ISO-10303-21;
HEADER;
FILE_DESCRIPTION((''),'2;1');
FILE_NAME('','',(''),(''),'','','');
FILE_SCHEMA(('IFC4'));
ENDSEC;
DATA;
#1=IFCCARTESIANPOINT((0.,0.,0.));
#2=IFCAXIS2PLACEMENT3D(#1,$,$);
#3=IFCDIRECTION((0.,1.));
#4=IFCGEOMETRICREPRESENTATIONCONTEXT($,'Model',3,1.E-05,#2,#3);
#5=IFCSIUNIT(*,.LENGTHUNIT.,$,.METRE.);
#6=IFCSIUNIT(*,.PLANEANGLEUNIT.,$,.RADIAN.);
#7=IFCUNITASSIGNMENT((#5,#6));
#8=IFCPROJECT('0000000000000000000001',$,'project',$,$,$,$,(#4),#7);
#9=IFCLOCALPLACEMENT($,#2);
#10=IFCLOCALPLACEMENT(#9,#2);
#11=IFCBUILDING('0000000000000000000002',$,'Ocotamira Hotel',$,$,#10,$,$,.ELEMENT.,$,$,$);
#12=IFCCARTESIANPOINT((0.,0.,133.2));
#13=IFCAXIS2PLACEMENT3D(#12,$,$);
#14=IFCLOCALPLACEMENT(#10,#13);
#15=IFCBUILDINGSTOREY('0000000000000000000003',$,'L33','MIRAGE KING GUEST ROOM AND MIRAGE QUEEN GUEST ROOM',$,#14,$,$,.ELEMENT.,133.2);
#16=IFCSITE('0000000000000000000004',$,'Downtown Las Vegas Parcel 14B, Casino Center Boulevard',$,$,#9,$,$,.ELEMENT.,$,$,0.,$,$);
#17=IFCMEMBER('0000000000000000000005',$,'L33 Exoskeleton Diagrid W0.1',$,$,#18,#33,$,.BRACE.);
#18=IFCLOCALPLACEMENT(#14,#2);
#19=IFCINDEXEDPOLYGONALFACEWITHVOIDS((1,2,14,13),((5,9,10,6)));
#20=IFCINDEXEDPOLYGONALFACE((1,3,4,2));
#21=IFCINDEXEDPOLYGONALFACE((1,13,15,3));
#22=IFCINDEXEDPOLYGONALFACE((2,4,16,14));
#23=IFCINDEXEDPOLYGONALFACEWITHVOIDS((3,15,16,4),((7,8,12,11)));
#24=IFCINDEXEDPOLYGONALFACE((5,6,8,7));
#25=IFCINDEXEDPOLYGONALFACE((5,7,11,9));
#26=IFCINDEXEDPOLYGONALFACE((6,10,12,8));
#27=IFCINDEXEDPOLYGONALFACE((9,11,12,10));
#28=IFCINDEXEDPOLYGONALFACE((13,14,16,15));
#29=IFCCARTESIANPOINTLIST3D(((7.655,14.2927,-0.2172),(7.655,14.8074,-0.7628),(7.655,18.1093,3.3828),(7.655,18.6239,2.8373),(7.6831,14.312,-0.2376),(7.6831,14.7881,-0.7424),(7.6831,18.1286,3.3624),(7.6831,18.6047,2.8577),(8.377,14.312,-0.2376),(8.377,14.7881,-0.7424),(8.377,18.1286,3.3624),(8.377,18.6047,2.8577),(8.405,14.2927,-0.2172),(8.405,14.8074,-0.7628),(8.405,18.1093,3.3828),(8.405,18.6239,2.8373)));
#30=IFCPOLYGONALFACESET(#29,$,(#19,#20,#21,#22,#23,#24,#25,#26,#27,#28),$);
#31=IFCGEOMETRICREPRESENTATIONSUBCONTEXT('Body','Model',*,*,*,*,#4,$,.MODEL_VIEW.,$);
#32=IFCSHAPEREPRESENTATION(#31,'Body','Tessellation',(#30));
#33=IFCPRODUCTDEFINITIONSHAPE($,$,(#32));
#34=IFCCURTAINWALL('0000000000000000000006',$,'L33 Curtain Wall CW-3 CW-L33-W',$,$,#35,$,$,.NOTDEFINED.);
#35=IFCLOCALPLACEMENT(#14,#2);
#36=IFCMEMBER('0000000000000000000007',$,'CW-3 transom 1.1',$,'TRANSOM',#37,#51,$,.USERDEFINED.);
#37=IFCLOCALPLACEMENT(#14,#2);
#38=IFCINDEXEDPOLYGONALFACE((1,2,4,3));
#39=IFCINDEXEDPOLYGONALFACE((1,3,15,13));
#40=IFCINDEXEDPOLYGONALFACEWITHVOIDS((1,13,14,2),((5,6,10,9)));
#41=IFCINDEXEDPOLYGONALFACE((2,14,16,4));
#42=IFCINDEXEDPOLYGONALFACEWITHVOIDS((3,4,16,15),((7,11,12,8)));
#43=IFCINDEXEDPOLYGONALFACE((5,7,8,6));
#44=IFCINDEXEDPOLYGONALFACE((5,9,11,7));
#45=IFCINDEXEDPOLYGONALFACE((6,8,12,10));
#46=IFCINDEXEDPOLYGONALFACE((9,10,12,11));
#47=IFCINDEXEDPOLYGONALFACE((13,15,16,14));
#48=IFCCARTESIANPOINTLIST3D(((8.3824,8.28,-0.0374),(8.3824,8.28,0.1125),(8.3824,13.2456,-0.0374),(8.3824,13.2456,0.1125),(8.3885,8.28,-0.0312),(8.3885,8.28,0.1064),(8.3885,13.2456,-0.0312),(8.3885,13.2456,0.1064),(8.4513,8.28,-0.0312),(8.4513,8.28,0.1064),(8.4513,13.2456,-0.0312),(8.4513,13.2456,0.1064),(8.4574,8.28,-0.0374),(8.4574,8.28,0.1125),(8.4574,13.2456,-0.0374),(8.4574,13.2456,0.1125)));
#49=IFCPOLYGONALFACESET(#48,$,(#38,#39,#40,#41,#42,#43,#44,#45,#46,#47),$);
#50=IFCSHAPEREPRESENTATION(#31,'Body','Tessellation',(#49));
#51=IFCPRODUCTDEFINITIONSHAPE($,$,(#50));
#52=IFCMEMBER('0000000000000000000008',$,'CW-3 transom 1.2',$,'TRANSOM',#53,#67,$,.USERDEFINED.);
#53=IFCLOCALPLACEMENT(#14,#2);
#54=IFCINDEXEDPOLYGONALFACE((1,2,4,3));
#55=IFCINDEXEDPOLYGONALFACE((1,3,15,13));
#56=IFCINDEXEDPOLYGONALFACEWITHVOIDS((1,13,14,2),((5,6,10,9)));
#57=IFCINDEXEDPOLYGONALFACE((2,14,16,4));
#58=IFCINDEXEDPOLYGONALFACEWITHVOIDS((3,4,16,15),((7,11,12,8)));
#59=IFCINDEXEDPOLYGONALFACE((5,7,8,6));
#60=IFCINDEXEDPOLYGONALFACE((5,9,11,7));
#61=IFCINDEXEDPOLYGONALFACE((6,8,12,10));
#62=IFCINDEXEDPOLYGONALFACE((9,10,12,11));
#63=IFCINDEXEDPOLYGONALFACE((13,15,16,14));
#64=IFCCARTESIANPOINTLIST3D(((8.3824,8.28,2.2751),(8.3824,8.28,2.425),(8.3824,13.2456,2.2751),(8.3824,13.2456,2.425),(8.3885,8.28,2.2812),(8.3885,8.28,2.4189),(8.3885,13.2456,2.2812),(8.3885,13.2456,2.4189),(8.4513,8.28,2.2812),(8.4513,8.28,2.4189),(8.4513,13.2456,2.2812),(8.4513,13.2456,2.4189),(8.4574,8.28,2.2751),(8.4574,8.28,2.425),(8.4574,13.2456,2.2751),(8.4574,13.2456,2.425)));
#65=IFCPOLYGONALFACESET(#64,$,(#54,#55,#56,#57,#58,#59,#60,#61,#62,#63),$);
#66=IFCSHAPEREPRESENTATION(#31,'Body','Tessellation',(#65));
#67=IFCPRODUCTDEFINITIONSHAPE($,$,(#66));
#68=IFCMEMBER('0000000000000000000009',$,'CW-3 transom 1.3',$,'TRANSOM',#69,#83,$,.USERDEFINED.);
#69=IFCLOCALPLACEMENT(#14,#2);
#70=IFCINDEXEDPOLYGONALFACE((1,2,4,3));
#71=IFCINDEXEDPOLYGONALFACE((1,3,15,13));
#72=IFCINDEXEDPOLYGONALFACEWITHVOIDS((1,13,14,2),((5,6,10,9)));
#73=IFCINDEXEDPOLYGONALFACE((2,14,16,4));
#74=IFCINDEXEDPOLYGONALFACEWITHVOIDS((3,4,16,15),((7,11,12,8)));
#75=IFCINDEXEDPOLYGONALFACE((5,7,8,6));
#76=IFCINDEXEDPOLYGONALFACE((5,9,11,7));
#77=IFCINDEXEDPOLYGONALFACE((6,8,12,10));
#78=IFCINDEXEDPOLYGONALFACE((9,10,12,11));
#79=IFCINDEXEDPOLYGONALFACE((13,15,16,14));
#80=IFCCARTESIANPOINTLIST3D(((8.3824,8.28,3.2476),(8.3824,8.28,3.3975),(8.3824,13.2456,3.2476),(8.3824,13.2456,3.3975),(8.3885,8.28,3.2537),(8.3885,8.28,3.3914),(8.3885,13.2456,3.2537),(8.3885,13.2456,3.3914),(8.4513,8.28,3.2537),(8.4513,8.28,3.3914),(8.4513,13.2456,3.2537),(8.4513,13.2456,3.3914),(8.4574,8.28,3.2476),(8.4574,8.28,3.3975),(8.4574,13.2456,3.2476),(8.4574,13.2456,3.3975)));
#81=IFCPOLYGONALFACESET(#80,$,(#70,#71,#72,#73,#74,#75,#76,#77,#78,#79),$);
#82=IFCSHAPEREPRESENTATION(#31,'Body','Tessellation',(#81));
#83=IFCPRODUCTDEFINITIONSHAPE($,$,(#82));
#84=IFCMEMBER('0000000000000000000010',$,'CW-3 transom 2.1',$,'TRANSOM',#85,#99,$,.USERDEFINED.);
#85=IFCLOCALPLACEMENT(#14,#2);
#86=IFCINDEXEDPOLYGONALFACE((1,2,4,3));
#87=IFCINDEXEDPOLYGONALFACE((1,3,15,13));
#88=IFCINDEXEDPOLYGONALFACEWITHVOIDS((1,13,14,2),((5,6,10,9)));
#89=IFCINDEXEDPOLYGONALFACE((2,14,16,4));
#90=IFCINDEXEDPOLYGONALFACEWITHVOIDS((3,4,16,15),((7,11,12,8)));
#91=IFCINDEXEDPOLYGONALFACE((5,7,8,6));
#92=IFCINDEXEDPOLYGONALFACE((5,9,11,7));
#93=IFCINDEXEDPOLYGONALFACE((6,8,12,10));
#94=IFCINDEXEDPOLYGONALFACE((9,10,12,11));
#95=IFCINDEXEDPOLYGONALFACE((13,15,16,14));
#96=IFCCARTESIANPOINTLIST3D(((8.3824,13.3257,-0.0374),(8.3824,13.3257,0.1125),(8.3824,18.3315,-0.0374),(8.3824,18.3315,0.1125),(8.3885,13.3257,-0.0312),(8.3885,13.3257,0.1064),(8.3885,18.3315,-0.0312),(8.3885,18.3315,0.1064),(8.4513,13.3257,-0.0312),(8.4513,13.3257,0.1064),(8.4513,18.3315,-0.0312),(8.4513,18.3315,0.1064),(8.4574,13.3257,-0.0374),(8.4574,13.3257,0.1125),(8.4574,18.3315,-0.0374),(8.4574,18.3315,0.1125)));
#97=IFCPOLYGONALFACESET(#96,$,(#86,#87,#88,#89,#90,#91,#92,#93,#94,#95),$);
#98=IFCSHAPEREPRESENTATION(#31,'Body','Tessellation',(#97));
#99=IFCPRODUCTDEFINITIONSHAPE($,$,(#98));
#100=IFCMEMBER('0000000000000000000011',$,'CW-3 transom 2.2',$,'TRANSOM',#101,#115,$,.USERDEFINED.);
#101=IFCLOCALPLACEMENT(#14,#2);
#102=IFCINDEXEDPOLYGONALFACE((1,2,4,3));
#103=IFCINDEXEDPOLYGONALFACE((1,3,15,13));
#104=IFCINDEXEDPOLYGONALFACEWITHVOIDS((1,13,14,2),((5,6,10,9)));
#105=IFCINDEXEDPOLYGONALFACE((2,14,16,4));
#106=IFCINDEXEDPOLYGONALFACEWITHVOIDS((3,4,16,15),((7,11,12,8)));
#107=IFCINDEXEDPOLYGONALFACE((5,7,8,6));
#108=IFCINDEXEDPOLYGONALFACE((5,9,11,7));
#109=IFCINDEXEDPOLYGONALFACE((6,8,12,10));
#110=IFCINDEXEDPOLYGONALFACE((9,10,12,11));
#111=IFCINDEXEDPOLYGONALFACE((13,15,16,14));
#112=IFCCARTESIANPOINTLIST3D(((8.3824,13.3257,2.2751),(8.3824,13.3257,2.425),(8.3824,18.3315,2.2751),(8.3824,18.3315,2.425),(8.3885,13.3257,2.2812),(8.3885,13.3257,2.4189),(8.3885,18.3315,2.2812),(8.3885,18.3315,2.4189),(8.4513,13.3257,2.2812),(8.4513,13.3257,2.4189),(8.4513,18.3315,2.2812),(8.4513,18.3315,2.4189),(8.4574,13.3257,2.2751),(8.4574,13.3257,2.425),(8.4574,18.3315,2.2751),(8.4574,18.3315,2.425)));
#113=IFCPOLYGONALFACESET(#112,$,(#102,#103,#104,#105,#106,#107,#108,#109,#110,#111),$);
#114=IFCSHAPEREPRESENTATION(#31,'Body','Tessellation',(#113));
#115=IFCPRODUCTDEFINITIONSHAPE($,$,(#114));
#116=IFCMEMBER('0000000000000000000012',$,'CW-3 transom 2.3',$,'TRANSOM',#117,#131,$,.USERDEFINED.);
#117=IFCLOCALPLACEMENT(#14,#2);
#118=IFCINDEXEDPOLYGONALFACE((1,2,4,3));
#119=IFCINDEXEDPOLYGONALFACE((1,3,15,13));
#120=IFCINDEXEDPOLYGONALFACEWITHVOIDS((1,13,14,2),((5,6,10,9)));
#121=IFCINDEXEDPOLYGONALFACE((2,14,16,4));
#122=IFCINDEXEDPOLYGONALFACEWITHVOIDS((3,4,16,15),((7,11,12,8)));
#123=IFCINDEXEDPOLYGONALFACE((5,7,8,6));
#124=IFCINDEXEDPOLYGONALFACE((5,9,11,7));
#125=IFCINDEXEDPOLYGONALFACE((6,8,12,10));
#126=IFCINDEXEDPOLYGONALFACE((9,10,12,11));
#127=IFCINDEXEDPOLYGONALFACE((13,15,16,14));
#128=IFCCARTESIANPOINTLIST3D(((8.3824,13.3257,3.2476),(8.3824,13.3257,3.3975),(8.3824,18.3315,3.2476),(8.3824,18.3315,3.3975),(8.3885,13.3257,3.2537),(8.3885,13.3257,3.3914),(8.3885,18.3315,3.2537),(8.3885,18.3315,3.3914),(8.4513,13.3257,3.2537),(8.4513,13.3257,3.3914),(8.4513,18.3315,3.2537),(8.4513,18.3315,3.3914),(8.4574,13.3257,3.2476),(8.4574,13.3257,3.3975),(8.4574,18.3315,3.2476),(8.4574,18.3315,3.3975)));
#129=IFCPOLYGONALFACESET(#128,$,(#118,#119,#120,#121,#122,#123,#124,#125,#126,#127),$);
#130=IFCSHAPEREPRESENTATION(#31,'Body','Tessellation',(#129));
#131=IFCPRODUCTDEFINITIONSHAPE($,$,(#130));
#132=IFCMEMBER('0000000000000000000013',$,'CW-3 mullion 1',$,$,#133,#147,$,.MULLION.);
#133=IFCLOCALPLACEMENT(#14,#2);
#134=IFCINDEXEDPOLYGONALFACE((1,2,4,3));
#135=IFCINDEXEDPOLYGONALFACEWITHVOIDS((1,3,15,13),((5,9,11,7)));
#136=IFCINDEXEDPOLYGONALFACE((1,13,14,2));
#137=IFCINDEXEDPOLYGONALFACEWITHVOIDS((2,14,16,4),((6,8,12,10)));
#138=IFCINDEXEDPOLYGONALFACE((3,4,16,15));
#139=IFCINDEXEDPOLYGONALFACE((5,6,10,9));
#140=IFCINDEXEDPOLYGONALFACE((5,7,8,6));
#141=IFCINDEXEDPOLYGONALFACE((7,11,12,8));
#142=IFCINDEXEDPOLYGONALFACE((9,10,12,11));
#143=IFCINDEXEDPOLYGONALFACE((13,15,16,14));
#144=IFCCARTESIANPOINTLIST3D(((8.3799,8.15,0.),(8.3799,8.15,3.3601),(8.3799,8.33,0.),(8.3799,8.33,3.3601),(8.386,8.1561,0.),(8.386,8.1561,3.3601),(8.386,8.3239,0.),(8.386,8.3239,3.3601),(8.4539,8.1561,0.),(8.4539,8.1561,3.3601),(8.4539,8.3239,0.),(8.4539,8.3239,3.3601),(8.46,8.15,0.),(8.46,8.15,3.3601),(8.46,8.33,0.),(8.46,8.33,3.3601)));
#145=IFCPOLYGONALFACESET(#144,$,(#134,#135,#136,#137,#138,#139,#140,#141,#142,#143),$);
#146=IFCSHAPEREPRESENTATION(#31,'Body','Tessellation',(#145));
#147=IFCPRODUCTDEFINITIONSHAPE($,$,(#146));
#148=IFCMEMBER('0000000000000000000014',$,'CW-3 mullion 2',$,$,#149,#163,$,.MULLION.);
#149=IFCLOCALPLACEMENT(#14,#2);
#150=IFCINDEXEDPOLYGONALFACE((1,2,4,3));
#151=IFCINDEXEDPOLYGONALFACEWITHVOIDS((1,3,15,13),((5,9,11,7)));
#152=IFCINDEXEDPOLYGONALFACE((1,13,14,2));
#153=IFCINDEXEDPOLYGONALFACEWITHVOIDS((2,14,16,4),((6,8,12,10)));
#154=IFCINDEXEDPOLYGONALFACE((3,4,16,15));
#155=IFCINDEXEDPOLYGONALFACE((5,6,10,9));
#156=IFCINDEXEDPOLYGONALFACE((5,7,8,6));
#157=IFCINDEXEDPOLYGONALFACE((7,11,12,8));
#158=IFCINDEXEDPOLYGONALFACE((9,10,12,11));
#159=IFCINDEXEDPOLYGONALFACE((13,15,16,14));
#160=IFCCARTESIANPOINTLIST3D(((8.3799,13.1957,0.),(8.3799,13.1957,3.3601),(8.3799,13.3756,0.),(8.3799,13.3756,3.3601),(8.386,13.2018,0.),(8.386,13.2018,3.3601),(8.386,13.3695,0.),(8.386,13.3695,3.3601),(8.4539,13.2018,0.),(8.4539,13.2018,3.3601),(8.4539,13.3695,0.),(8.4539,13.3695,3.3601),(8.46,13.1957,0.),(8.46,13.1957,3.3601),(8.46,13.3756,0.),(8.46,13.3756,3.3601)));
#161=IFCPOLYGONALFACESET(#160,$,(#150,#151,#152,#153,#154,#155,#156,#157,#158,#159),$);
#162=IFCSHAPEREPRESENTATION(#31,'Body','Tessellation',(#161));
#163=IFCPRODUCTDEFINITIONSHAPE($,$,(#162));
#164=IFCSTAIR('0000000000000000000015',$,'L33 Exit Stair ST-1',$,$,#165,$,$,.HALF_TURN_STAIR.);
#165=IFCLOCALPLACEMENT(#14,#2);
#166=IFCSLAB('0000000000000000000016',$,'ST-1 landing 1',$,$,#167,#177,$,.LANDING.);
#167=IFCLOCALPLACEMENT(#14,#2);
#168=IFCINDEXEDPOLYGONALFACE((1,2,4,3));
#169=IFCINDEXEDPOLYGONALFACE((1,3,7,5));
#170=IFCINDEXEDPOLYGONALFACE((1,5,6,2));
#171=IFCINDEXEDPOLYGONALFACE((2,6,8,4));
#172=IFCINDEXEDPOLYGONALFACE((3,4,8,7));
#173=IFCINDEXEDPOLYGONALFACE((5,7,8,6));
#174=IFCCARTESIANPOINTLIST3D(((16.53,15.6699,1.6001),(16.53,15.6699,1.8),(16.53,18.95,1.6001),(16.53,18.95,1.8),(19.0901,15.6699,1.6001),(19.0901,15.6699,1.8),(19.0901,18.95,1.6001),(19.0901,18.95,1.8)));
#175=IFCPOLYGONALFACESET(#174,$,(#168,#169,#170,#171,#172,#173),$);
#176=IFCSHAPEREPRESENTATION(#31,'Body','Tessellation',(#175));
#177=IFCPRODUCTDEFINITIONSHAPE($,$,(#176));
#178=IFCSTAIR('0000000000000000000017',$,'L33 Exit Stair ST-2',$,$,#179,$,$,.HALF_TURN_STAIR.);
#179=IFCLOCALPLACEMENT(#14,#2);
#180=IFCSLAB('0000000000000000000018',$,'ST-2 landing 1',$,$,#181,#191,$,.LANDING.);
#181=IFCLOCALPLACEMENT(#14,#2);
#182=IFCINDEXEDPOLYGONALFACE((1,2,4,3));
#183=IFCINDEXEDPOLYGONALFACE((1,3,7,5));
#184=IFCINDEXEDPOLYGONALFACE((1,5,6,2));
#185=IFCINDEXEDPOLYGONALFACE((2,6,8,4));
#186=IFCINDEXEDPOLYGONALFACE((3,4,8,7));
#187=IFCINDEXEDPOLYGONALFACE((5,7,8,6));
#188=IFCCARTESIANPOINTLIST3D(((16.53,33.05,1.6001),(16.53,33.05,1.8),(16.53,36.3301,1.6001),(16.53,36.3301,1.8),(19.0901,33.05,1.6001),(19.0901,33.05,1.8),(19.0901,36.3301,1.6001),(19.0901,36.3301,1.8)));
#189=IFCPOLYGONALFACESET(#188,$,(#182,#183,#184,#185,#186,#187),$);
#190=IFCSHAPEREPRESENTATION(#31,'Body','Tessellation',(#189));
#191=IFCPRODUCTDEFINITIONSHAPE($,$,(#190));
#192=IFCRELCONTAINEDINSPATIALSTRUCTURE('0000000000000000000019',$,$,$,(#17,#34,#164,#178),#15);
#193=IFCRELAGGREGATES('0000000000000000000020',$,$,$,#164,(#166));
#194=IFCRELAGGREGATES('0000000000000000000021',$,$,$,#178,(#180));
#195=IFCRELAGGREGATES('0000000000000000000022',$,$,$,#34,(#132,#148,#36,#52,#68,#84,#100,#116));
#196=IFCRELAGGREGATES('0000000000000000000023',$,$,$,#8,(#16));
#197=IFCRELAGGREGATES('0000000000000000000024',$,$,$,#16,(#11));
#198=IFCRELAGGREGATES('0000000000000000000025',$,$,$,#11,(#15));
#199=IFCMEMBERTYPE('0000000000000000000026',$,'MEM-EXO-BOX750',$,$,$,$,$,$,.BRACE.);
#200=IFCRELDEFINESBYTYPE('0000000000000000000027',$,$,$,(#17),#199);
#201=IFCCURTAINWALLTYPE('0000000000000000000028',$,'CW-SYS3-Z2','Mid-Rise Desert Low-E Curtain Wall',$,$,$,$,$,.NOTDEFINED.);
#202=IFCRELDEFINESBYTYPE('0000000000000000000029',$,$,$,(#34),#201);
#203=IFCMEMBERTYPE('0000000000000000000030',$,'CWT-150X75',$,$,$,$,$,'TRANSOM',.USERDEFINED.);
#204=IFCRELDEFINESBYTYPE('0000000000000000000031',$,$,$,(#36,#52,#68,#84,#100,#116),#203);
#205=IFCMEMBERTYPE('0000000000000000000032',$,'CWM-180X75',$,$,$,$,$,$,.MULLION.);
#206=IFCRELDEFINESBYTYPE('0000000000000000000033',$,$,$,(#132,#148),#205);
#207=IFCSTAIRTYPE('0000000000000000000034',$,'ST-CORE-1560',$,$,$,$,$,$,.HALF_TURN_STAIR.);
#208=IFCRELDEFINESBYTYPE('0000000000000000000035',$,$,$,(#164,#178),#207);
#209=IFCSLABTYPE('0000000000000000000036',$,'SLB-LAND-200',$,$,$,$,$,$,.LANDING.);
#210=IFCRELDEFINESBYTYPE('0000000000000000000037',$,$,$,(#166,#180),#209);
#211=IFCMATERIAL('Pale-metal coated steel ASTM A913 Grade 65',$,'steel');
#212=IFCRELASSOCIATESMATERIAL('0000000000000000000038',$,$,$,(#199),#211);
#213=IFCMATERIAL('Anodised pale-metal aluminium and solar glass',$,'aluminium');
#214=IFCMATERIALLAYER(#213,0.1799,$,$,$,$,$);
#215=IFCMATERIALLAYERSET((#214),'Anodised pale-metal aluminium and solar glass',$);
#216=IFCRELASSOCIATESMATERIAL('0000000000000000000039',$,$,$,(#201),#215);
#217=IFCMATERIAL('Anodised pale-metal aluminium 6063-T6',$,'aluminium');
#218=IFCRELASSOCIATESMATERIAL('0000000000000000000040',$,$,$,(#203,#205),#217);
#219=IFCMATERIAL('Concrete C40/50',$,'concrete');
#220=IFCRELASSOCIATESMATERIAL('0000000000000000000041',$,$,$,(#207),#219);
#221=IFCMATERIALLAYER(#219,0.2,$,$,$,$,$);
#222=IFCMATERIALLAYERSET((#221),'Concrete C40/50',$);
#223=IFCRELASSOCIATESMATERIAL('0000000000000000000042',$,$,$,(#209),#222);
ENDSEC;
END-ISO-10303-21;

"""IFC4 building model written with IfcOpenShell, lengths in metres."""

from ifc_helpers import new_model, si_unit, direction, frame, origin, origin_2d, place, context, subcontext, project, spatial, polyline, hollow_rectangle, outline, extrude, source, transform, mapped, material, layer, layer_set, material_profile, profile_set, type_object, element, aggregate, save


model = new_model("IFC4")

# Units and contexts
model_context = context("Model", 3, precision=1e-05, world=origin(), true_north=direction((0.0, 1.0)))
body_context = subcontext(model_context, "Body", "Model", "MODEL_VIEW")
ifc_project = project(units=[si_unit("LENGTHUNIT", "METRE"), si_unit("PLANEANGLEUNIT", "RADIAN")], contexts=[model_context])

# Site, building, storey
site_placement = place(None, origin())
site = spatial("IfcSite", under=ifc_project, at=site_placement, Name="Downtown Las Vegas Parcel 14B, Casino Center Boulevard", CompositionType="ELEMENT", RefElevation=0.0)
building_placement = place(site_placement, origin())
building = spatial("IfcBuilding", under=site, at=building_placement, Name="Ocotamira Hotel", CompositionType="ELEMENT")
storey_placement = place(building_placement, frame((0.0, 0.0, 133.2)))
storey = spatial("IfcBuildingStorey", under=building, at=storey_placement, Name="L33", Description="MIRAGE KING GUEST ROOM AND MIRAGE QUEEN GUEST ROOM", CompositionType="ELEMENT", Elevation=133.2)

# Member
ifc_material_1 = material(Name="Pale-metal coated steel ASTM A913 Grade 65", Category="steel")
ifc_material_profile_1 = material_profile(ifc_material_1, hollow_rectangle(XDim=0.75, YDim=0.75, WallThickness=0.0281, at=origin_2d()), Name="BOX750X750X28")
ifc_profile_set_1 = profile_set([ifc_material_profile_1], Name="Pale-metal coated steel ASTM A913 Grade 65")
member_type_1 = type_object("IfcMemberType", Name="MEM-EXO-BOX750", PredefinedType="BRACE", material=ifc_profile_set_1)
shared_shape_1 = source(origin(), body_context, "Body", "SweptSolid", [
    extrude(hollow_rectangle(XDim=0.75, YDim=0.75, WallThickness=0.0281, at=origin_2d()), origin(), (0.0, 0.0, 1.0), 5.2466),
])
member_1_placement = place(storey_placement, frame((8.03, 14.55, -0.49), z_axis=(0.0, 0.727443, 0.686168), x_axis=(-1.0, 0.0, 0.0)))
element("IfcMember", 1, at=member_1_placement, inside=storey, type_object=member_type_1, Name="L33 Exoskeleton Diagrid W0.1", PredefinedType="BRACE", context=body_context, shape_type="MappedRepresentation", body=[
    mapped(shared_shape_1, transform((0.0, 0.0, 0.0), scale=1.0)),
])

# Curtain wall, members
ifc_material_2 = material(Name="Anodised pale-metal aluminium and solar glass", Category="aluminium")
ifc_layer_1 = layer(ifc_material_2, 0.1799)
ifc_layer_set_1 = layer_set([ifc_layer_1], Name="Anodised pale-metal aluminium and solar glass")
curtain_wall_type = type_object("IfcCurtainWallType", Name="CW-SYS3-Z2", Description="Mid-Rise Desert Low-E Curtain Wall", PredefinedType="NOTDEFINED", material=ifc_layer_set_1)
curtain_wall_placement = place(storey_placement, origin())
curtain_wall = element("IfcCurtainWall", 2, at=curtain_wall_placement, inside=storey, type_object=curtain_wall_type, Name="L33 Curtain Wall CW-3 CW-L33-W", PredefinedType="NOTDEFINED")
ifc_material_3 = material(Name="Anodised pale-metal aluminium 6063-T6", Category="aluminium")
ifc_material_profile_2 = material_profile(ifc_material_3, hollow_rectangle(XDim=0.075, YDim=0.1499, WallThickness=0.0061, at=origin_2d()), Name="HSS150X75X6")
ifc_profile_set_2 = profile_set([ifc_material_profile_2], Name="Anodised pale-metal aluminium 6063-T6")
member_type_2 = type_object("IfcMemberType", Name="CWT-150X75", ElementType="TRANSOM", PredefinedType="USERDEFINED", material=ifc_profile_set_2)
shared_shape_2 = source(origin(), body_context, "Body", "SweptSolid", [
    extrude(hollow_rectangle(XDim=0.075, YDim=0.1499, WallThickness=0.0061, at=origin_2d()), origin(), (0.0, 0.0, 1.0), 4.9656),
])
member_2_placement = place(storey_placement, frame((8.4199, 8.28, 0.0376), z_axis=(0.0, 1.0, 0.0), x_axis=(-1.0, 0.0, 0.0)))
member_2 = element("IfcMember", 3, at=member_2_placement, type_object=member_type_2, Name="CW-3 transom 1.1", ObjectType="TRANSOM", PredefinedType="USERDEFINED", context=body_context, shape_type="MappedRepresentation", body=[
    mapped(shared_shape_2, transform((0.0, 0.0, 0.0), scale=1.0)),
])
member_3_placement = place(storey_placement, frame((8.4199, 8.28, 2.3501), z_axis=(0.0, 1.0, 0.0), x_axis=(-1.0, 0.0, 0.0)))
member_3 = element("IfcMember", 4, at=member_3_placement, type_object=member_type_2, Name="CW-3 transom 1.2", ObjectType="TRANSOM", PredefinedType="USERDEFINED", context=body_context, shape_type="MappedRepresentation", body=[
    mapped(shared_shape_2, transform((0.0, 0.0, 0.0), scale=1.0)),
])
member_4_placement = place(storey_placement, frame((8.4199, 8.28, 3.3225), z_axis=(0.0, 1.0, 0.0), x_axis=(-1.0, 0.0, 0.0)))
member_4 = element("IfcMember", 5, at=member_4_placement, type_object=member_type_2, Name="CW-3 transom 1.3", ObjectType="TRANSOM", PredefinedType="USERDEFINED", context=body_context, shape_type="MappedRepresentation", body=[
    mapped(shared_shape_2, transform((0.0, 0.0, 0.0), scale=1.0)),
])
shared_shape_3 = source(origin(), body_context, "Body", "SweptSolid", [
    extrude(hollow_rectangle(XDim=0.075, YDim=0.1499, WallThickness=0.0061, at=origin_2d()), origin(), (0.0, 0.0, 1.0), 5.0059),
])
member_5_placement = place(storey_placement, frame((8.4199, 13.3257, 0.0376), z_axis=(0.0, 1.0, 0.0), x_axis=(-1.0, 0.0, 0.0)))
member_5 = element("IfcMember", 6, at=member_5_placement, type_object=member_type_2, Name="CW-3 transom 2.1", ObjectType="TRANSOM", PredefinedType="USERDEFINED", context=body_context, shape_type="MappedRepresentation", body=[
    mapped(shared_shape_3, transform((0.0, 0.0, 0.0), scale=1.0)),
])
member_6_placement = place(storey_placement, frame((8.4199, 13.3257, 2.3501), z_axis=(0.0, 1.0, 0.0), x_axis=(-1.0, 0.0, 0.0)))
member_6 = element("IfcMember", 7, at=member_6_placement, type_object=member_type_2, Name="CW-3 transom 2.2", ObjectType="TRANSOM", PredefinedType="USERDEFINED", context=body_context, shape_type="MappedRepresentation", body=[
    mapped(shared_shape_3, transform((0.0, 0.0, 0.0), scale=1.0)),
])
member_7_placement = place(storey_placement, frame((8.4199, 13.3257, 3.3225), z_axis=(0.0, 1.0, 0.0), x_axis=(-1.0, 0.0, 0.0)))
member_7 = element("IfcMember", 8, at=member_7_placement, type_object=member_type_2, Name="CW-3 transom 2.3", ObjectType="TRANSOM", PredefinedType="USERDEFINED", context=body_context, shape_type="MappedRepresentation", body=[
    mapped(shared_shape_3, transform((0.0, 0.0, 0.0), scale=1.0)),
])
ifc_material_profile_3 = material_profile(ifc_material_3, hollow_rectangle(XDim=0.0801, YDim=0.1799, WallThickness=0.0061, at=origin_2d()), Name="HSS180X80X6")
ifc_profile_set_3 = profile_set([ifc_material_profile_3], Name="Anodised pale-metal aluminium 6063-T6")
member_type_3 = type_object("IfcMemberType", Name="CWM-180X75", PredefinedType="MULLION", material=ifc_profile_set_3)
shared_shape_4 = source(origin(), body_context, "Body", "SweptSolid", [
    extrude(hollow_rectangle(XDim=0.0801, YDim=0.1799, WallThickness=0.0061, at=origin_2d()), origin(), (0.0, 0.0, 1.0), 3.3601),
])
member_8_placement = place(storey_placement, frame((8.4199, 8.24, 0.0), z_axis=(0.0, 0.0, 1.0), x_axis=(-1.0, 0.0, 0.0)))
member_8 = element("IfcMember", 9, at=member_8_placement, type_object=member_type_3, Name="CW-3 mullion 1", PredefinedType="MULLION", context=body_context, shape_type="MappedRepresentation", body=[
    mapped(shared_shape_4, transform((0.0, 0.0, 0.0), scale=1.0)),
])
member_9_placement = place(storey_placement, frame((8.4199, 13.2856, 0.0), z_axis=(0.0, 0.0, 1.0), x_axis=(-1.0, 0.0, 0.0)))
member_9 = element("IfcMember", 10, at=member_9_placement, type_object=member_type_3, Name="CW-3 mullion 2", PredefinedType="MULLION", context=body_context, shape_type="MappedRepresentation", body=[
    mapped(shared_shape_4, transform((0.0, 0.0, 0.0), scale=1.0)),
])

# Stairs, slabs
ifc_material_4 = material(Name="Concrete C40/50", Category="concrete")
stair_type = type_object("IfcStairType", Name="ST-CORE-1560", PredefinedType="HALF_TURN_STAIR", material=ifc_material_4)
stair_1_placement = place(storey_placement, origin())
stair_1 = element("IfcStair", 11, at=stair_1_placement, inside=storey, type_object=stair_type, Name="L33 Exit Stair ST-1", PredefinedType="HALF_TURN_STAIR")
ifc_layer_2 = layer(ifc_material_4, 0.2)
ifc_layer_set_2 = layer_set([ifc_layer_2], Name="Concrete C40/50")
slab_type_1 = type_object("IfcSlabType", Name="SLB-LAND-200", PredefinedType="LANDING", material=ifc_layer_set_2)
slab_1_placement = place(storey_placement, frame((0.0, 0.0, 1.6001)))
slab_1 = element("IfcSlab", 12, at=slab_1_placement, type_object=slab_type_1, Name="ST-1 landing 1", PredefinedType="LANDING", context=body_context, shape_type="SweptSolid", body=[
    extrude(outline(polyline([(16.53, 15.6699), (19.0901, 15.6699), (19.0901, 18.95), (16.53, 18.95), (16.53, 15.6699)])), origin(), (0.0, 0.0, 1.0), 0.2),
])
aggregate(stair_1, [slab_1])
stair_2_placement = place(storey_placement, origin())
stair_2 = element("IfcStair", 13, at=stair_2_placement, inside=storey, type_object=stair_type, Name="L33 Exit Stair ST-2", PredefinedType="HALF_TURN_STAIR")
slab_2_placement = place(storey_placement, frame((0.0, 0.0, 1.6001)))
slab_2 = element("IfcSlab", 14, at=slab_2_placement, type_object=slab_type_1, Name="ST-2 landing 1", PredefinedType="LANDING", context=body_context, shape_type="SweptSolid", body=[
    extrude(outline(polyline([(16.53, 33.05), (19.0901, 33.05), (19.0901, 36.3301), (16.53, 36.3301), (16.53, 33.05)])), origin(), (0.0, 0.0, 1.0), 0.2),
])
aggregate(stair_2, [slab_2])

aggregate(curtain_wall, [member_8, member_9, member_2, member_3, member_4, member_5, member_6, member_7])

save(model, "model.ifc")
